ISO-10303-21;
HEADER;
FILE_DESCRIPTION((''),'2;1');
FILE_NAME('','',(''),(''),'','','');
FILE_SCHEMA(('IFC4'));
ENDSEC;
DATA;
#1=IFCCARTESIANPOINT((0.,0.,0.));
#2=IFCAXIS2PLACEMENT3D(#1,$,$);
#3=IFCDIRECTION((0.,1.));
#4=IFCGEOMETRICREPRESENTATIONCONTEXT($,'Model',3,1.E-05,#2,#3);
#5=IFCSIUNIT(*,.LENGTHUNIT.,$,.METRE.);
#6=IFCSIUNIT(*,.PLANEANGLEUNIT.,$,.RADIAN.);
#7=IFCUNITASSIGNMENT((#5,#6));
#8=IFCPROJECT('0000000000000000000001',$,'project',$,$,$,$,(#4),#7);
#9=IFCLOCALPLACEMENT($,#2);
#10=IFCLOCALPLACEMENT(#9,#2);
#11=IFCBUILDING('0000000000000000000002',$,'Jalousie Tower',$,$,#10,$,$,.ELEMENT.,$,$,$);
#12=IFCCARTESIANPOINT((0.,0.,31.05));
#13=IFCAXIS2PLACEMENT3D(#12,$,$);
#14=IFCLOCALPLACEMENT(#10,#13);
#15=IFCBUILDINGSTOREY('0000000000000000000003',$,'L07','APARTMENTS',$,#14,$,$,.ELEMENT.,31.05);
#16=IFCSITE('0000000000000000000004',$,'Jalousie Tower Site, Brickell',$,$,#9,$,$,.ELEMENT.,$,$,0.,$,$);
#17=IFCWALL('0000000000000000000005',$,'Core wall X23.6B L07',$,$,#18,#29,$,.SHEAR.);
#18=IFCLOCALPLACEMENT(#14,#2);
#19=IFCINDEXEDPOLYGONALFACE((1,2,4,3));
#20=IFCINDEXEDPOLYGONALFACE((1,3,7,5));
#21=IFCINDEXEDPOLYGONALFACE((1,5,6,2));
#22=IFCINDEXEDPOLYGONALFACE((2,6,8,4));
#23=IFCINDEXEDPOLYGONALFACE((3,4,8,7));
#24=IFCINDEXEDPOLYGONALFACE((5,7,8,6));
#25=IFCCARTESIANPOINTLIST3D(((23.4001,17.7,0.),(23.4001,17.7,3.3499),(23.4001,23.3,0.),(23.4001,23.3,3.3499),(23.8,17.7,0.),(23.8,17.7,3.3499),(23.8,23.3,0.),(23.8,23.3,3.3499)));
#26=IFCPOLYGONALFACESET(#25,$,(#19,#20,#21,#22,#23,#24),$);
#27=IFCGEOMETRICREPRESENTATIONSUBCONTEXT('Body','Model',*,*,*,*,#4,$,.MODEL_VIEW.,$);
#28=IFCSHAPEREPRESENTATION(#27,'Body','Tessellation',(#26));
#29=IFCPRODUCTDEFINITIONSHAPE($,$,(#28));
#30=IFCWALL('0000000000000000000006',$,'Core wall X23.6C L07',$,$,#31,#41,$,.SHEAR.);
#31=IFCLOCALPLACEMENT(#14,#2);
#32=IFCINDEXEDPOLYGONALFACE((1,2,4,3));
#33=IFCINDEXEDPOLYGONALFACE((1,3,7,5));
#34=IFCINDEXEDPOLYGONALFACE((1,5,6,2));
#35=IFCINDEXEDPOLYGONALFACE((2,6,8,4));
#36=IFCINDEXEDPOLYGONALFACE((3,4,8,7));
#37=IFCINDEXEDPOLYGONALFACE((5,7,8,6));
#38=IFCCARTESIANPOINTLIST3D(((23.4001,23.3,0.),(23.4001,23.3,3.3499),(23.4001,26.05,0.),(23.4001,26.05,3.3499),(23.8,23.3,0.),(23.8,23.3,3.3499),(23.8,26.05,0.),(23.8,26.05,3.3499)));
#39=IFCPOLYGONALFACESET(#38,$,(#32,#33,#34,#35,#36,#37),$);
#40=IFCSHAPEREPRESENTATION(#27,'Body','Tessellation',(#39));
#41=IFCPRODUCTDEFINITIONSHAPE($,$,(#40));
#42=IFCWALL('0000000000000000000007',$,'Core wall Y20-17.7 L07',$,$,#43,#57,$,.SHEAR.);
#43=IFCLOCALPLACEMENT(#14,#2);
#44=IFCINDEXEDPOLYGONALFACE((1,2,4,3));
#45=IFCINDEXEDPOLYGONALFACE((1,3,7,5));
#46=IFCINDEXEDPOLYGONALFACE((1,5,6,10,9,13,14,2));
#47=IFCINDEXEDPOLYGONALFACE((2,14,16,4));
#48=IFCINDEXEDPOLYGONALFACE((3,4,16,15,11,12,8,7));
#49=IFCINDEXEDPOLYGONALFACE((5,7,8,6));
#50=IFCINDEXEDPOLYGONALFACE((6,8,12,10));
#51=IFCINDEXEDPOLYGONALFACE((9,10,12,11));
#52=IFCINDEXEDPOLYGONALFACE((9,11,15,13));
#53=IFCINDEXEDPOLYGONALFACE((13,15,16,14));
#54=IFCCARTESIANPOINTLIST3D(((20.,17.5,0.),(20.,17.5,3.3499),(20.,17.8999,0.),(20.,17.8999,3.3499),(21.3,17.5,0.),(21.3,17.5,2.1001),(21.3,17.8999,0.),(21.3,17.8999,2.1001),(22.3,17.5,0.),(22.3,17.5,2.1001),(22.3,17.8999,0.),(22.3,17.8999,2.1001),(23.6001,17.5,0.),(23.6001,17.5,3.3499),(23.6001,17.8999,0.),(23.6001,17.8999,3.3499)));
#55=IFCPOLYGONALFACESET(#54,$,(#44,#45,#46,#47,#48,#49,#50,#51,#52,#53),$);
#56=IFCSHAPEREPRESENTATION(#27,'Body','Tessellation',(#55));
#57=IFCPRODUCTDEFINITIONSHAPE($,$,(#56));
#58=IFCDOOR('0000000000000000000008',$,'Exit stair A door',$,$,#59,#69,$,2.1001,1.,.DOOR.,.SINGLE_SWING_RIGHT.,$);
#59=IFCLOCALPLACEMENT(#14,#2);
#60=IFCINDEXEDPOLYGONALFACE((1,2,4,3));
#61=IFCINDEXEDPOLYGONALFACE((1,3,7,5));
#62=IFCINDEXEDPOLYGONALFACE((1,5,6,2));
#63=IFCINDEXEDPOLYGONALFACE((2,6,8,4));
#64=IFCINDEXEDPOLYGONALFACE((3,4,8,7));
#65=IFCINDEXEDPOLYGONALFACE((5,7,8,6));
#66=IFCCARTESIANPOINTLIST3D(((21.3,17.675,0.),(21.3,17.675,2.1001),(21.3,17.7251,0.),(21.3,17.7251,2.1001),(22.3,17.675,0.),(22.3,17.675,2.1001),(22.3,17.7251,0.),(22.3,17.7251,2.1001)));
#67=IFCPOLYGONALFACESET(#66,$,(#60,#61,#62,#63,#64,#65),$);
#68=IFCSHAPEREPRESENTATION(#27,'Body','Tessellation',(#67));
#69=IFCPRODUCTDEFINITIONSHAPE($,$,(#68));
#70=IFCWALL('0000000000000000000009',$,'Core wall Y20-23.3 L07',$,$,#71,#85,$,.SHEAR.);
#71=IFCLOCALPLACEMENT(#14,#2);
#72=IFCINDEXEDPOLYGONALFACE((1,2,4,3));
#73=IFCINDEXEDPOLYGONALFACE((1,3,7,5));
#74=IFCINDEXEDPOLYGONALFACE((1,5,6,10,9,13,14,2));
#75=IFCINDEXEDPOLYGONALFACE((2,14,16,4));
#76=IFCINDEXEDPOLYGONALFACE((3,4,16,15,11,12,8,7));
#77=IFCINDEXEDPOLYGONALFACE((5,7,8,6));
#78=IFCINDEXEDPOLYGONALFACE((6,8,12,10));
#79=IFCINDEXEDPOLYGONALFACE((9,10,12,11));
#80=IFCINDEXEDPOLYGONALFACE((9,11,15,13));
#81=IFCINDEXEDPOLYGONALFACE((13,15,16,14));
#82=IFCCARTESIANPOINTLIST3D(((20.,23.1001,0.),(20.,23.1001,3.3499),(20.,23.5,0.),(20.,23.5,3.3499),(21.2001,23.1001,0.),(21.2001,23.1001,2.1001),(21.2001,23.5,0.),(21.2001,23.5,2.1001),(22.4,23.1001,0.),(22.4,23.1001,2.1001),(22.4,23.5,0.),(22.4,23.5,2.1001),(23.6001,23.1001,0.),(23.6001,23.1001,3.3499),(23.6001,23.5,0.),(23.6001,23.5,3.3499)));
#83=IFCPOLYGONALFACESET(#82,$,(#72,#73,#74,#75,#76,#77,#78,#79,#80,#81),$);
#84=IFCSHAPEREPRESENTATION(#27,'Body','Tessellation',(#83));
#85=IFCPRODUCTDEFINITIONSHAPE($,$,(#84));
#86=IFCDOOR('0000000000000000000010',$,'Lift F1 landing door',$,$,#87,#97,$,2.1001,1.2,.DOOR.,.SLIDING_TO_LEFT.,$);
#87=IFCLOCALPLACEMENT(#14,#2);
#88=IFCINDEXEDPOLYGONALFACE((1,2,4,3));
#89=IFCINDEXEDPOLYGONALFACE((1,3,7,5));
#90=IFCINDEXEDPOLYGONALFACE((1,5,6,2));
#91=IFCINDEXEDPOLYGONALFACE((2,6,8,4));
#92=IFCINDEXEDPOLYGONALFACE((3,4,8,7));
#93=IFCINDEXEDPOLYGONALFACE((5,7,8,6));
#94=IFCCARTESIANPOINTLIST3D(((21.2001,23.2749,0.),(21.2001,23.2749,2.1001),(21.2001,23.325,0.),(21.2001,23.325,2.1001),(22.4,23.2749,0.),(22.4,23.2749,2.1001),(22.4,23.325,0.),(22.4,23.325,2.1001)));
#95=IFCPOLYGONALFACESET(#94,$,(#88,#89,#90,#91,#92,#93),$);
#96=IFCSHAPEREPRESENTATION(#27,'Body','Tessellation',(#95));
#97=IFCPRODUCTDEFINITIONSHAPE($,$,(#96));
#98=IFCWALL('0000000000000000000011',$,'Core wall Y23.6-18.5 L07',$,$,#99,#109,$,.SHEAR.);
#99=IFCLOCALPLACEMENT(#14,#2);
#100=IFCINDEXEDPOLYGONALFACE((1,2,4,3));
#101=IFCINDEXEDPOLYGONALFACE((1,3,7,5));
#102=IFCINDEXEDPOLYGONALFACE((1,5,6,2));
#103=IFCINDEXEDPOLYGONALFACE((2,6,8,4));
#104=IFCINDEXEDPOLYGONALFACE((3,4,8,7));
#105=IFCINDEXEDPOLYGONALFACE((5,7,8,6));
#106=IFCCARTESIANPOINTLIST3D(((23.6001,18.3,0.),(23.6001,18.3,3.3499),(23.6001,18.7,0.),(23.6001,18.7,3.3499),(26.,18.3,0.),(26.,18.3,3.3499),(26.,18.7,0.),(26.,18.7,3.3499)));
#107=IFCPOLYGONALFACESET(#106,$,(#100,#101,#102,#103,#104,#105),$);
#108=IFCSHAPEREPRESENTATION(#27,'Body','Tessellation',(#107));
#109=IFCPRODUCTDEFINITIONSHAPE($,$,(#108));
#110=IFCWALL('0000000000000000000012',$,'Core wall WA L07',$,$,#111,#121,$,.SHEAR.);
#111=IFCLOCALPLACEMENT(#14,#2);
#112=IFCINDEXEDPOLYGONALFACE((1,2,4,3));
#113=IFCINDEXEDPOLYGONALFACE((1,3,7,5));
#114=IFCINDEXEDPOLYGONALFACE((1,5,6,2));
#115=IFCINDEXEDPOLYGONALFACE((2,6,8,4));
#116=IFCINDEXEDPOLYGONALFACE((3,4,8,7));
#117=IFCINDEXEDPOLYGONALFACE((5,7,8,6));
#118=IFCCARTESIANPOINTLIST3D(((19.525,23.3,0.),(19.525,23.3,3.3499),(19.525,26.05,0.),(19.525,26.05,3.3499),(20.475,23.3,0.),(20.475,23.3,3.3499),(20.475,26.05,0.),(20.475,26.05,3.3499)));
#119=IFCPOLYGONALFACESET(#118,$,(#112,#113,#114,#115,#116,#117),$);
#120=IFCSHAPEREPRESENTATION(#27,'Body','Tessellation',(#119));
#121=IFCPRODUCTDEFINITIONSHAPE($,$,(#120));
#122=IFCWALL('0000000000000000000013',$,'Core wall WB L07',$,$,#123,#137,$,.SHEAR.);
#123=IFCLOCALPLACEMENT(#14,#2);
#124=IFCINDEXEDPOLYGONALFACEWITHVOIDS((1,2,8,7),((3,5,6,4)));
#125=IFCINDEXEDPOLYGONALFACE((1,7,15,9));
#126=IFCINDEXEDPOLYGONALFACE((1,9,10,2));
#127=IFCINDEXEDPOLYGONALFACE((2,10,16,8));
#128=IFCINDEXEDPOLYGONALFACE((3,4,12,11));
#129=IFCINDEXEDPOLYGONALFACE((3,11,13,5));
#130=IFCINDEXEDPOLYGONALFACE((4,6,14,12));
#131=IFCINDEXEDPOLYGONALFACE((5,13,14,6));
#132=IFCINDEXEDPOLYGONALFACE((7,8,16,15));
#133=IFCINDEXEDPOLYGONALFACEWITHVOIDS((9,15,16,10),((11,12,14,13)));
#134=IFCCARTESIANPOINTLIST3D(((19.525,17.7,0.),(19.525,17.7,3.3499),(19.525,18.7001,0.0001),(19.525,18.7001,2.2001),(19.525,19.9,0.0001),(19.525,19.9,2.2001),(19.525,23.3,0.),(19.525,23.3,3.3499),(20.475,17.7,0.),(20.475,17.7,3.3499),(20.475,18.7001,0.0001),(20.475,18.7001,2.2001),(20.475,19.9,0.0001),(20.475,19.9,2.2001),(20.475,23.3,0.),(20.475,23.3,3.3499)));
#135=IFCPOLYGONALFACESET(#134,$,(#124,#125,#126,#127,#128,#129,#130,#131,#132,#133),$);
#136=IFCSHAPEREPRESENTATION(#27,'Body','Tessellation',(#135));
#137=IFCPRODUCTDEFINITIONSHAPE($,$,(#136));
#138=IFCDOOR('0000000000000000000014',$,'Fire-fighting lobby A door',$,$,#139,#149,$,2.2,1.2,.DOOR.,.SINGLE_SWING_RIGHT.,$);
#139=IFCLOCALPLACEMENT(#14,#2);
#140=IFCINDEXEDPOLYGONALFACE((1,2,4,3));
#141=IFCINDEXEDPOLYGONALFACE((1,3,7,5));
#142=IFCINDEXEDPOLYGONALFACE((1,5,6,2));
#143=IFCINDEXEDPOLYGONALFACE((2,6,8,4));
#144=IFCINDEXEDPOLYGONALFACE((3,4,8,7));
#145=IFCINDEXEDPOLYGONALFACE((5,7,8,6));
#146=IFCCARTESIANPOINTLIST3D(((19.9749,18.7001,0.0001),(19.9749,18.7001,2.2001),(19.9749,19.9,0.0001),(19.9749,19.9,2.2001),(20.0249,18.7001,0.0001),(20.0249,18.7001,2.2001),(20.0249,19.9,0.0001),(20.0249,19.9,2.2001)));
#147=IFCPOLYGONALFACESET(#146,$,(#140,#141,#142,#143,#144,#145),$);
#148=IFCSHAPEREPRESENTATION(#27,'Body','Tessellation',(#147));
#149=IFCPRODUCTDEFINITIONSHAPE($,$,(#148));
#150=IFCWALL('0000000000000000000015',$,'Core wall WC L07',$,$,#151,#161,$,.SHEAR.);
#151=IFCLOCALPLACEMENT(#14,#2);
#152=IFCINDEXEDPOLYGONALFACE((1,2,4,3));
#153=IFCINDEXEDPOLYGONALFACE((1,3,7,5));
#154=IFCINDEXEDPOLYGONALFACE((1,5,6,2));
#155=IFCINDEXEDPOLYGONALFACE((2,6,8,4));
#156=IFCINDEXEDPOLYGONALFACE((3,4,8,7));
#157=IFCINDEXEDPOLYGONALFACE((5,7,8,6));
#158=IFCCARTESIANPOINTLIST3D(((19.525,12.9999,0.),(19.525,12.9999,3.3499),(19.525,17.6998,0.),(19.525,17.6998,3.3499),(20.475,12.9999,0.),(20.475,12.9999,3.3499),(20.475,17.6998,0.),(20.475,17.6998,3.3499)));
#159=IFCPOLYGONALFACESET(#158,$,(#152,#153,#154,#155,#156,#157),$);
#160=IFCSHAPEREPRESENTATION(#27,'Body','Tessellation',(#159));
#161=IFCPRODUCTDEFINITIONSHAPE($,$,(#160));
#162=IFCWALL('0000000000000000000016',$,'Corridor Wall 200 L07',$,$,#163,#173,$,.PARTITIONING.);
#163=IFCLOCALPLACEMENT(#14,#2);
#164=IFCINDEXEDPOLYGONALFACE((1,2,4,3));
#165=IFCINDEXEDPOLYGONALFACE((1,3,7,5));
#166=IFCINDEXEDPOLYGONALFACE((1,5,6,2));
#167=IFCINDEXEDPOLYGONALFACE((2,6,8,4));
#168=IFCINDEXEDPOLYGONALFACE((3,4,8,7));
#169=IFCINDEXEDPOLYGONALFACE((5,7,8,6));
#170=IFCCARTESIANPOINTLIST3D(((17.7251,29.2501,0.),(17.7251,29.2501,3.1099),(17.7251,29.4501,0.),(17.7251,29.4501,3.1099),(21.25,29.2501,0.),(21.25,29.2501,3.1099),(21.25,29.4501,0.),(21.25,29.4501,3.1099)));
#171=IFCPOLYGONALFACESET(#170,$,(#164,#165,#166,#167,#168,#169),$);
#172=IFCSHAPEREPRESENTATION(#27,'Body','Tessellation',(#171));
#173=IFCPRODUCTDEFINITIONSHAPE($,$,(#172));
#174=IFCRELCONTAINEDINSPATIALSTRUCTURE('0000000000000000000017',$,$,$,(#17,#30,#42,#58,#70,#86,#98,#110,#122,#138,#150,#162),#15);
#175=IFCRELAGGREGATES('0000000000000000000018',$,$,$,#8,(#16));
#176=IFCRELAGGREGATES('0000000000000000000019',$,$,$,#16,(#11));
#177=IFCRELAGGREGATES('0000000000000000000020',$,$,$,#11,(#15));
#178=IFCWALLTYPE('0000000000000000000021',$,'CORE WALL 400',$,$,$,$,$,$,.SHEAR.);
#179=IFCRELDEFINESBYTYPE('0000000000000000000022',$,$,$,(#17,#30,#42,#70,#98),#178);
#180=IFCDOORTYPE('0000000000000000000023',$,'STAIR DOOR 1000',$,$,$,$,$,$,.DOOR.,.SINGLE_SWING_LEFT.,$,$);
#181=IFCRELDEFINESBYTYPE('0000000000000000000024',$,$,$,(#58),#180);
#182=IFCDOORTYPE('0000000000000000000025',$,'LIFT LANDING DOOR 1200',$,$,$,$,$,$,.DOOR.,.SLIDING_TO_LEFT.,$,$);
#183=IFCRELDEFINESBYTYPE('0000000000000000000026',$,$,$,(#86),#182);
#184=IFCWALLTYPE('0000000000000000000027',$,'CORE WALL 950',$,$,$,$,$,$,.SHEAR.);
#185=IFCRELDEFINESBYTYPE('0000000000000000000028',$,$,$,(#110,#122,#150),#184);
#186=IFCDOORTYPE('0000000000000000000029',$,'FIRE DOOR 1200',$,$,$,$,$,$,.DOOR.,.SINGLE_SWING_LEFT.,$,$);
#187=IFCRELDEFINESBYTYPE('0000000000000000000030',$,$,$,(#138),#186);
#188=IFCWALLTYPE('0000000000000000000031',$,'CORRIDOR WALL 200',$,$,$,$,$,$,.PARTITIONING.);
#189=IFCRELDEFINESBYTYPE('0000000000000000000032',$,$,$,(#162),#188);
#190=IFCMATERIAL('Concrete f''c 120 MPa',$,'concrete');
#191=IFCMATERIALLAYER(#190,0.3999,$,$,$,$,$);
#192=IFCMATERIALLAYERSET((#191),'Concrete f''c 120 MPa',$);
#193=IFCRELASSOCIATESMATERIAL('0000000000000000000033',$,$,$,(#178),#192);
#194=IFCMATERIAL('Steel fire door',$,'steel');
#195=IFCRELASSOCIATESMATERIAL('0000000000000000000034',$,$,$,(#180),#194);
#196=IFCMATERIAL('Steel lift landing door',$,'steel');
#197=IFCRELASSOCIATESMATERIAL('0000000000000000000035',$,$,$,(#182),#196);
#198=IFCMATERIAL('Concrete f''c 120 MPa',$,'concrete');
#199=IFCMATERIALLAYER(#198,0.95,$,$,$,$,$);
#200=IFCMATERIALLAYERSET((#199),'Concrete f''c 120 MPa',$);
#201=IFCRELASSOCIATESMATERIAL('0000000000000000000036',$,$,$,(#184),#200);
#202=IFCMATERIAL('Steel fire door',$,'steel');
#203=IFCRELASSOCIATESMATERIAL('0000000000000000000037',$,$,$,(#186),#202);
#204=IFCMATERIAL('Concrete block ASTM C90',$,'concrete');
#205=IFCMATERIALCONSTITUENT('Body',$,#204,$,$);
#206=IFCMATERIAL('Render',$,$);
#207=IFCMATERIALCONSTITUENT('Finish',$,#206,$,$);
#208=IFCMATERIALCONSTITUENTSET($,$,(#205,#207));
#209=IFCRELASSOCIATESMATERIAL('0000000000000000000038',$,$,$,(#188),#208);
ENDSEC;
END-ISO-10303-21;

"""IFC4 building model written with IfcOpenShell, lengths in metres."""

from ifc_helpers import new_model, si_unit, direction, frame, frame_2d, origin, place, context, subcontext, project, spatial, rectangle, extrude, material, layer, layer_set, constituent, constituent_set, type_object, element, fill, save


model = new_model("IFC4")

# Units and contexts
model_context = context("Model", 3, precision=1e-05, world=origin(), true_north=direction((0.0, 1.0)))
body_context = subcontext(model_context, "Body", "Model", "MODEL_VIEW")
ifc_project = project(units=[si_unit("LENGTHUNIT", "METRE"), si_unit("PLANEANGLEUNIT", "RADIAN")], contexts=[model_context])

# Site, building, storey
site_placement = place(None, origin())
site = spatial("IfcSite", under=ifc_project, at=site_placement, Name="Jalousie Tower Site, Brickell", CompositionType="ELEMENT", RefElevation=0.0)
building_placement = place(site_placement, origin())
building = spatial("IfcBuilding", under=site, at=building_placement, Name="Jalousie Tower", CompositionType="ELEMENT")
storey_placement = place(building_placement, frame((0.0, 0.0, 31.05)))
storey = spatial("IfcBuildingStorey", under=building, at=storey_placement, Name="L07", Description="APARTMENTS", CompositionType="ELEMENT", Elevation=31.05)

# Walls
ifc_material_1 = material(Name="Concrete f'c 120 MPa", Category="concrete")
ifc_layer_1 = layer(ifc_material_1, 0.3999)
ifc_layer_set_1 = layer_set([ifc_layer_1], Name="Concrete f'c 120 MPa")
wall_type_1 = type_object("IfcWallType", Name="CORE WALL 400", PredefinedType="SHEAR", material=ifc_layer_set_1)
wall_1_placement = place(storey_placement, frame((23.6001, 17.7, 0.0), z_axis=(0.0, 0.0, 1.0), x_axis=(0.0, 1.0, 0.0)))
element("IfcWall", 1, at=wall_1_placement, inside=storey, type_object=wall_type_1, Name="Core wall X23.6B L07", PredefinedType="SHEAR", context=body_context, shape_type="SweptSolid", body=[
    extrude(rectangle(XDim=5.6001, YDim=0.3999, at=frame_2d((2.8, 0.0))), origin(), (0.0, 0.0, 1.0), 3.3499),
])
wall_2_placement = place(storey_placement, frame((23.6001, 23.3, 0.0), z_axis=(0.0, 0.0, 1.0), x_axis=(0.0, 1.0, 0.0)))
element("IfcWall", 2, at=wall_2_placement, inside=storey, type_object=wall_type_1, Name="Core wall X23.6C L07", PredefinedType="SHEAR", context=body_context, shape_type="SweptSolid", body=[
    extrude(rectangle(XDim=2.75, YDim=0.3999, at=frame_2d((1.375, 0.0))), origin(), (0.0, 0.0, 1.0), 3.3499),
])

# Walls, openings, doors
wall_3_placement = place(storey_placement, frame((20.0, 17.7, 0.0), z_axis=(0.0, 0.0, 1.0), x_axis=(1.0, 0.0, 0.0)))
wall_3 = element("IfcWall", 3, at=wall_3_placement, inside=storey, type_object=wall_type_1, Name="Core wall Y20-17.7 L07", PredefinedType="SHEAR", context=body_context, shape_type="SweptSolid", body=[
    extrude(rectangle(XDim=3.6001, YDim=0.3999, at=frame_2d((1.8, 0.0))), origin(), (0.0, 0.0, 1.0), 3.3499),
])
opening_1_placement = place(wall_3_placement, frame((1.3, 0.0, 0.0)))
opening_1 = element("IfcOpeningElement", 4, at=opening_1_placement, cuts=wall_3, PredefinedType="OPENING", context=body_context, shape_type="SweptSolid", body=[
    extrude(rectangle(XDim=1.0, YDim=2.1001, at=frame_2d((0.5, 1.05))), frame((0.0, 0.21, 0.0), z_axis=(0.0, -1.0, 0.0), x_axis=(1.0, 0.0, 0.0)), (0.0, 0.0, 1.0), 0.4199),
])
ifc_material_2 = material(Name="Steel fire door", Category="steel")
door_type_1 = type_object("IfcDoorType", Name="STAIR DOOR 1000", OperationType="SINGLE_SWING_LEFT", PredefinedType="DOOR", material=ifc_material_2)
door_1_placement = place(opening_1_placement, frame((1.0, 0.0, 0.0), z_axis=(0.0, 0.0, 1.0), x_axis=(-1.0, 0.0, 0.0)))
door_1 = element("IfcDoor", 5, at=door_1_placement, inside=storey, type_object=door_type_1, Name="Exit stair A door", OperationType="SINGLE_SWING_RIGHT", OverallHeight=2.1001, OverallWidth=1.0, PredefinedType="DOOR", context=body_context, shape_type="SweptSolid", body=[
    extrude(rectangle(XDim=1.0, YDim=2.1001, at=frame_2d((0.5, 1.05))), frame((0.0, 0.0249, 0.0), z_axis=(0.0, -1.0, 0.0), x_axis=(1.0, 0.0, 0.0)), (0.0, 0.0, 1.0), 0.05),
])
fill(opening_1, door_1)
wall_4_placement = place(storey_placement, frame((20.0, 23.3, 0.0), z_axis=(0.0, 0.0, 1.0), x_axis=(1.0, 0.0, 0.0)))
wall_4 = element("IfcWall", 6, at=wall_4_placement, inside=storey, type_object=wall_type_1, Name="Core wall Y20-23.3 L07", PredefinedType="SHEAR", context=body_context, shape_type="SweptSolid", body=[
    extrude(rectangle(XDim=3.6001, YDim=0.3999, at=frame_2d((1.8, 0.0))), origin(), (0.0, 0.0, 1.0), 3.3499),
])
opening_2_placement = place(wall_4_placement, frame((1.2, 0.0, 0.0)))
opening_2 = element("IfcOpeningElement", 7, at=opening_2_placement, cuts=wall_4, PredefinedType="OPENING", context=body_context, shape_type="SweptSolid", body=[
    extrude(rectangle(XDim=1.2, YDim=2.1001, at=frame_2d((0.6001, 1.05))), frame((0.0, 0.21, 0.0), z_axis=(0.0, -1.0, 0.0), x_axis=(1.0, 0.0, 0.0)), (0.0, 0.0, 1.0), 0.4199),
])
ifc_material_3 = material(Name="Steel lift landing door", Category="steel")
door_type_2 = type_object("IfcDoorType", Name="LIFT LANDING DOOR 1200", OperationType="SLIDING_TO_LEFT", PredefinedType="DOOR", material=ifc_material_3)
door_2_placement = place(opening_2_placement, origin())
door_2 = element("IfcDoor", 8, at=door_2_placement, inside=storey, type_object=door_type_2, Name="Lift F1 landing door", OperationType="SLIDING_TO_LEFT", OverallHeight=2.1001, OverallWidth=1.2, PredefinedType="DOOR", context=body_context, shape_type="SweptSolid", body=[
    extrude(rectangle(XDim=1.2, YDim=2.1001, at=frame_2d((0.6001, 1.05))), frame((0.0, 0.0249, 0.0), z_axis=(0.0, -1.0, 0.0), x_axis=(1.0, 0.0, 0.0)), (0.0, 0.0, 1.0), 0.05),
])
fill(opening_2, door_2)

# Walls
wall_5_placement = place(storey_placement, frame((23.6001, 18.5, 0.0), z_axis=(0.0, 0.0, 1.0), x_axis=(1.0, 0.0, 0.0)))
element("IfcWall", 9, at=wall_5_placement, inside=storey, type_object=wall_type_1, Name="Core wall Y23.6-18.5 L07", PredefinedType="SHEAR", context=body_context, shape_type="SweptSolid", body=[
    extrude(rectangle(XDim=2.3999, YDim=0.3999, at=frame_2d((1.2, 0.0))), origin(), (0.0, 0.0, 1.0), 3.3499),
])
ifc_material_4 = material(Name="Concrete f'c 120 MPa", Category="concrete")
ifc_layer_2 = layer(ifc_material_4, 0.95)
ifc_layer_set_2 = layer_set([ifc_layer_2], Name="Concrete f'c 120 MPa")
wall_type_2 = type_object("IfcWallType", Name="CORE WALL 950", PredefinedType="SHEAR", material=ifc_layer_set_2)
wall_6_placement = place(storey_placement, frame((20.0, 26.05, 0.0), z_axis=(0.0, 0.0, 1.0), x_axis=(0.0, -1.0, 0.0)))
element("IfcWall", 10, at=wall_6_placement, inside=storey, type_object=wall_type_2, Name="Core wall WA L07", PredefinedType="SHEAR", context=body_context, shape_type="SweptSolid", body=[
    extrude(rectangle(XDim=2.75, YDim=0.95, at=frame_2d((1.375, 0.0))), origin(), (0.0, 0.0, 1.0), 3.3499),
])

# Wall, opening, door
wall_7_placement = place(storey_placement, frame((20.0, 23.3, 0.0), z_axis=(0.0, 0.0, 1.0), x_axis=(0.0, -1.0, 0.0)))
wall_7 = element("IfcWall", 11, at=wall_7_placement, inside=storey, type_object=wall_type_2, Name="Core wall WB L07", PredefinedType="SHEAR", context=body_context, shape_type="SweptSolid", body=[
    extrude(rectangle(XDim=5.6001, YDim=0.95, at=frame_2d((2.8, 0.0))), origin(), (0.0, 0.0, 1.0), 3.3499),
])
opening_3_placement = place(wall_7_placement, frame((3.3999, 0.0, 0.0)))
opening_3 = element("IfcOpeningElement", 12, at=opening_3_placement, cuts=wall_7, PredefinedType="OPENING", context=body_context, shape_type="SweptSolid", body=[
    extrude(rectangle(XDim=1.2, YDim=2.2, at=frame_2d((0.6001, 1.1001))), frame((0.0, 0.4849, 0.0), z_axis=(0.0, -1.0, 0.0), x_axis=(1.0, 0.0, 0.0)), (0.0, 0.0, 1.0), 0.97),
])
ifc_material_5 = material(Name="Steel fire door", Category="steel")
door_type_3 = type_object("IfcDoorType", Name="FIRE DOOR 1200", OperationType="SINGLE_SWING_LEFT", PredefinedType="DOOR", material=ifc_material_5)
door_3_placement = place(opening_3_placement, origin())
door_3 = element("IfcDoor", 13, at=door_3_placement, inside=storey, type_object=door_type_3, Name="Fire-fighting lobby A door", OperationType="SINGLE_SWING_RIGHT", OverallHeight=2.2, OverallWidth=1.2, PredefinedType="DOOR", context=body_context, shape_type="SweptSolid", body=[
    extrude(rectangle(XDim=1.2, YDim=2.2, at=frame_2d((0.6001, 1.1001))), frame((0.0, 0.0249, 0.0), z_axis=(0.0, -1.0, 0.0), x_axis=(1.0, 0.0, 0.0)), (0.0, 0.0, 1.0), 0.05),
])
fill(opening_3, door_3)

# Walls
wall_8_placement = place(storey_placement, frame((20.0, 17.7, 0.0), z_axis=(0.0, 0.0, 1.0), x_axis=(0.0, -1.0, 0.0)))
element("IfcWall", 14, at=wall_8_placement, inside=storey, type_object=wall_type_2, Name="Core wall WC L07", PredefinedType="SHEAR", context=body_context, shape_type="SweptSolid", body=[
    extrude(rectangle(XDim=4.7, YDim=0.95, at=frame_2d((2.3501, 0.0))), origin(), (0.0, 0.0, 1.0), 3.3499),
])
ifc_material_6 = material(Name="Concrete block ASTM C90", Category="concrete")
ifc_constituent_1 = constituent(ifc_material_6, Name="Body")
ifc_material_7 = material(Name="Render")
ifc_constituent_2 = constituent(ifc_material_7, Name="Finish")
ifc_constituent_set_1 = constituent_set(constituents=[ifc_constituent_1, ifc_constituent_2])
wall_type_3 = type_object("IfcWallType", Name="CORRIDOR WALL 200", PredefinedType="PARTITIONING", material=ifc_constituent_set_1)
wall_9_placement = place(storey_placement, frame((17.7251, 29.3501, 0.0), z_axis=(0.0, 0.0, 1.0), x_axis=(1.0, 0.0, 0.0)))
element("IfcWall", 15, at=wall_9_placement, inside=storey, type_object=wall_type_3, Name="Corridor Wall 200 L07", PredefinedType="PARTITIONING", context=body_context, shape_type="SweptSolid", body=[
    extrude(rectangle(XDim=3.5249, YDim=0.2, at=frame_2d((1.7625, 0.0))), origin(), (0.0, 0.0, 1.0), 3.1099),
])

save(model, "model.ifc")
